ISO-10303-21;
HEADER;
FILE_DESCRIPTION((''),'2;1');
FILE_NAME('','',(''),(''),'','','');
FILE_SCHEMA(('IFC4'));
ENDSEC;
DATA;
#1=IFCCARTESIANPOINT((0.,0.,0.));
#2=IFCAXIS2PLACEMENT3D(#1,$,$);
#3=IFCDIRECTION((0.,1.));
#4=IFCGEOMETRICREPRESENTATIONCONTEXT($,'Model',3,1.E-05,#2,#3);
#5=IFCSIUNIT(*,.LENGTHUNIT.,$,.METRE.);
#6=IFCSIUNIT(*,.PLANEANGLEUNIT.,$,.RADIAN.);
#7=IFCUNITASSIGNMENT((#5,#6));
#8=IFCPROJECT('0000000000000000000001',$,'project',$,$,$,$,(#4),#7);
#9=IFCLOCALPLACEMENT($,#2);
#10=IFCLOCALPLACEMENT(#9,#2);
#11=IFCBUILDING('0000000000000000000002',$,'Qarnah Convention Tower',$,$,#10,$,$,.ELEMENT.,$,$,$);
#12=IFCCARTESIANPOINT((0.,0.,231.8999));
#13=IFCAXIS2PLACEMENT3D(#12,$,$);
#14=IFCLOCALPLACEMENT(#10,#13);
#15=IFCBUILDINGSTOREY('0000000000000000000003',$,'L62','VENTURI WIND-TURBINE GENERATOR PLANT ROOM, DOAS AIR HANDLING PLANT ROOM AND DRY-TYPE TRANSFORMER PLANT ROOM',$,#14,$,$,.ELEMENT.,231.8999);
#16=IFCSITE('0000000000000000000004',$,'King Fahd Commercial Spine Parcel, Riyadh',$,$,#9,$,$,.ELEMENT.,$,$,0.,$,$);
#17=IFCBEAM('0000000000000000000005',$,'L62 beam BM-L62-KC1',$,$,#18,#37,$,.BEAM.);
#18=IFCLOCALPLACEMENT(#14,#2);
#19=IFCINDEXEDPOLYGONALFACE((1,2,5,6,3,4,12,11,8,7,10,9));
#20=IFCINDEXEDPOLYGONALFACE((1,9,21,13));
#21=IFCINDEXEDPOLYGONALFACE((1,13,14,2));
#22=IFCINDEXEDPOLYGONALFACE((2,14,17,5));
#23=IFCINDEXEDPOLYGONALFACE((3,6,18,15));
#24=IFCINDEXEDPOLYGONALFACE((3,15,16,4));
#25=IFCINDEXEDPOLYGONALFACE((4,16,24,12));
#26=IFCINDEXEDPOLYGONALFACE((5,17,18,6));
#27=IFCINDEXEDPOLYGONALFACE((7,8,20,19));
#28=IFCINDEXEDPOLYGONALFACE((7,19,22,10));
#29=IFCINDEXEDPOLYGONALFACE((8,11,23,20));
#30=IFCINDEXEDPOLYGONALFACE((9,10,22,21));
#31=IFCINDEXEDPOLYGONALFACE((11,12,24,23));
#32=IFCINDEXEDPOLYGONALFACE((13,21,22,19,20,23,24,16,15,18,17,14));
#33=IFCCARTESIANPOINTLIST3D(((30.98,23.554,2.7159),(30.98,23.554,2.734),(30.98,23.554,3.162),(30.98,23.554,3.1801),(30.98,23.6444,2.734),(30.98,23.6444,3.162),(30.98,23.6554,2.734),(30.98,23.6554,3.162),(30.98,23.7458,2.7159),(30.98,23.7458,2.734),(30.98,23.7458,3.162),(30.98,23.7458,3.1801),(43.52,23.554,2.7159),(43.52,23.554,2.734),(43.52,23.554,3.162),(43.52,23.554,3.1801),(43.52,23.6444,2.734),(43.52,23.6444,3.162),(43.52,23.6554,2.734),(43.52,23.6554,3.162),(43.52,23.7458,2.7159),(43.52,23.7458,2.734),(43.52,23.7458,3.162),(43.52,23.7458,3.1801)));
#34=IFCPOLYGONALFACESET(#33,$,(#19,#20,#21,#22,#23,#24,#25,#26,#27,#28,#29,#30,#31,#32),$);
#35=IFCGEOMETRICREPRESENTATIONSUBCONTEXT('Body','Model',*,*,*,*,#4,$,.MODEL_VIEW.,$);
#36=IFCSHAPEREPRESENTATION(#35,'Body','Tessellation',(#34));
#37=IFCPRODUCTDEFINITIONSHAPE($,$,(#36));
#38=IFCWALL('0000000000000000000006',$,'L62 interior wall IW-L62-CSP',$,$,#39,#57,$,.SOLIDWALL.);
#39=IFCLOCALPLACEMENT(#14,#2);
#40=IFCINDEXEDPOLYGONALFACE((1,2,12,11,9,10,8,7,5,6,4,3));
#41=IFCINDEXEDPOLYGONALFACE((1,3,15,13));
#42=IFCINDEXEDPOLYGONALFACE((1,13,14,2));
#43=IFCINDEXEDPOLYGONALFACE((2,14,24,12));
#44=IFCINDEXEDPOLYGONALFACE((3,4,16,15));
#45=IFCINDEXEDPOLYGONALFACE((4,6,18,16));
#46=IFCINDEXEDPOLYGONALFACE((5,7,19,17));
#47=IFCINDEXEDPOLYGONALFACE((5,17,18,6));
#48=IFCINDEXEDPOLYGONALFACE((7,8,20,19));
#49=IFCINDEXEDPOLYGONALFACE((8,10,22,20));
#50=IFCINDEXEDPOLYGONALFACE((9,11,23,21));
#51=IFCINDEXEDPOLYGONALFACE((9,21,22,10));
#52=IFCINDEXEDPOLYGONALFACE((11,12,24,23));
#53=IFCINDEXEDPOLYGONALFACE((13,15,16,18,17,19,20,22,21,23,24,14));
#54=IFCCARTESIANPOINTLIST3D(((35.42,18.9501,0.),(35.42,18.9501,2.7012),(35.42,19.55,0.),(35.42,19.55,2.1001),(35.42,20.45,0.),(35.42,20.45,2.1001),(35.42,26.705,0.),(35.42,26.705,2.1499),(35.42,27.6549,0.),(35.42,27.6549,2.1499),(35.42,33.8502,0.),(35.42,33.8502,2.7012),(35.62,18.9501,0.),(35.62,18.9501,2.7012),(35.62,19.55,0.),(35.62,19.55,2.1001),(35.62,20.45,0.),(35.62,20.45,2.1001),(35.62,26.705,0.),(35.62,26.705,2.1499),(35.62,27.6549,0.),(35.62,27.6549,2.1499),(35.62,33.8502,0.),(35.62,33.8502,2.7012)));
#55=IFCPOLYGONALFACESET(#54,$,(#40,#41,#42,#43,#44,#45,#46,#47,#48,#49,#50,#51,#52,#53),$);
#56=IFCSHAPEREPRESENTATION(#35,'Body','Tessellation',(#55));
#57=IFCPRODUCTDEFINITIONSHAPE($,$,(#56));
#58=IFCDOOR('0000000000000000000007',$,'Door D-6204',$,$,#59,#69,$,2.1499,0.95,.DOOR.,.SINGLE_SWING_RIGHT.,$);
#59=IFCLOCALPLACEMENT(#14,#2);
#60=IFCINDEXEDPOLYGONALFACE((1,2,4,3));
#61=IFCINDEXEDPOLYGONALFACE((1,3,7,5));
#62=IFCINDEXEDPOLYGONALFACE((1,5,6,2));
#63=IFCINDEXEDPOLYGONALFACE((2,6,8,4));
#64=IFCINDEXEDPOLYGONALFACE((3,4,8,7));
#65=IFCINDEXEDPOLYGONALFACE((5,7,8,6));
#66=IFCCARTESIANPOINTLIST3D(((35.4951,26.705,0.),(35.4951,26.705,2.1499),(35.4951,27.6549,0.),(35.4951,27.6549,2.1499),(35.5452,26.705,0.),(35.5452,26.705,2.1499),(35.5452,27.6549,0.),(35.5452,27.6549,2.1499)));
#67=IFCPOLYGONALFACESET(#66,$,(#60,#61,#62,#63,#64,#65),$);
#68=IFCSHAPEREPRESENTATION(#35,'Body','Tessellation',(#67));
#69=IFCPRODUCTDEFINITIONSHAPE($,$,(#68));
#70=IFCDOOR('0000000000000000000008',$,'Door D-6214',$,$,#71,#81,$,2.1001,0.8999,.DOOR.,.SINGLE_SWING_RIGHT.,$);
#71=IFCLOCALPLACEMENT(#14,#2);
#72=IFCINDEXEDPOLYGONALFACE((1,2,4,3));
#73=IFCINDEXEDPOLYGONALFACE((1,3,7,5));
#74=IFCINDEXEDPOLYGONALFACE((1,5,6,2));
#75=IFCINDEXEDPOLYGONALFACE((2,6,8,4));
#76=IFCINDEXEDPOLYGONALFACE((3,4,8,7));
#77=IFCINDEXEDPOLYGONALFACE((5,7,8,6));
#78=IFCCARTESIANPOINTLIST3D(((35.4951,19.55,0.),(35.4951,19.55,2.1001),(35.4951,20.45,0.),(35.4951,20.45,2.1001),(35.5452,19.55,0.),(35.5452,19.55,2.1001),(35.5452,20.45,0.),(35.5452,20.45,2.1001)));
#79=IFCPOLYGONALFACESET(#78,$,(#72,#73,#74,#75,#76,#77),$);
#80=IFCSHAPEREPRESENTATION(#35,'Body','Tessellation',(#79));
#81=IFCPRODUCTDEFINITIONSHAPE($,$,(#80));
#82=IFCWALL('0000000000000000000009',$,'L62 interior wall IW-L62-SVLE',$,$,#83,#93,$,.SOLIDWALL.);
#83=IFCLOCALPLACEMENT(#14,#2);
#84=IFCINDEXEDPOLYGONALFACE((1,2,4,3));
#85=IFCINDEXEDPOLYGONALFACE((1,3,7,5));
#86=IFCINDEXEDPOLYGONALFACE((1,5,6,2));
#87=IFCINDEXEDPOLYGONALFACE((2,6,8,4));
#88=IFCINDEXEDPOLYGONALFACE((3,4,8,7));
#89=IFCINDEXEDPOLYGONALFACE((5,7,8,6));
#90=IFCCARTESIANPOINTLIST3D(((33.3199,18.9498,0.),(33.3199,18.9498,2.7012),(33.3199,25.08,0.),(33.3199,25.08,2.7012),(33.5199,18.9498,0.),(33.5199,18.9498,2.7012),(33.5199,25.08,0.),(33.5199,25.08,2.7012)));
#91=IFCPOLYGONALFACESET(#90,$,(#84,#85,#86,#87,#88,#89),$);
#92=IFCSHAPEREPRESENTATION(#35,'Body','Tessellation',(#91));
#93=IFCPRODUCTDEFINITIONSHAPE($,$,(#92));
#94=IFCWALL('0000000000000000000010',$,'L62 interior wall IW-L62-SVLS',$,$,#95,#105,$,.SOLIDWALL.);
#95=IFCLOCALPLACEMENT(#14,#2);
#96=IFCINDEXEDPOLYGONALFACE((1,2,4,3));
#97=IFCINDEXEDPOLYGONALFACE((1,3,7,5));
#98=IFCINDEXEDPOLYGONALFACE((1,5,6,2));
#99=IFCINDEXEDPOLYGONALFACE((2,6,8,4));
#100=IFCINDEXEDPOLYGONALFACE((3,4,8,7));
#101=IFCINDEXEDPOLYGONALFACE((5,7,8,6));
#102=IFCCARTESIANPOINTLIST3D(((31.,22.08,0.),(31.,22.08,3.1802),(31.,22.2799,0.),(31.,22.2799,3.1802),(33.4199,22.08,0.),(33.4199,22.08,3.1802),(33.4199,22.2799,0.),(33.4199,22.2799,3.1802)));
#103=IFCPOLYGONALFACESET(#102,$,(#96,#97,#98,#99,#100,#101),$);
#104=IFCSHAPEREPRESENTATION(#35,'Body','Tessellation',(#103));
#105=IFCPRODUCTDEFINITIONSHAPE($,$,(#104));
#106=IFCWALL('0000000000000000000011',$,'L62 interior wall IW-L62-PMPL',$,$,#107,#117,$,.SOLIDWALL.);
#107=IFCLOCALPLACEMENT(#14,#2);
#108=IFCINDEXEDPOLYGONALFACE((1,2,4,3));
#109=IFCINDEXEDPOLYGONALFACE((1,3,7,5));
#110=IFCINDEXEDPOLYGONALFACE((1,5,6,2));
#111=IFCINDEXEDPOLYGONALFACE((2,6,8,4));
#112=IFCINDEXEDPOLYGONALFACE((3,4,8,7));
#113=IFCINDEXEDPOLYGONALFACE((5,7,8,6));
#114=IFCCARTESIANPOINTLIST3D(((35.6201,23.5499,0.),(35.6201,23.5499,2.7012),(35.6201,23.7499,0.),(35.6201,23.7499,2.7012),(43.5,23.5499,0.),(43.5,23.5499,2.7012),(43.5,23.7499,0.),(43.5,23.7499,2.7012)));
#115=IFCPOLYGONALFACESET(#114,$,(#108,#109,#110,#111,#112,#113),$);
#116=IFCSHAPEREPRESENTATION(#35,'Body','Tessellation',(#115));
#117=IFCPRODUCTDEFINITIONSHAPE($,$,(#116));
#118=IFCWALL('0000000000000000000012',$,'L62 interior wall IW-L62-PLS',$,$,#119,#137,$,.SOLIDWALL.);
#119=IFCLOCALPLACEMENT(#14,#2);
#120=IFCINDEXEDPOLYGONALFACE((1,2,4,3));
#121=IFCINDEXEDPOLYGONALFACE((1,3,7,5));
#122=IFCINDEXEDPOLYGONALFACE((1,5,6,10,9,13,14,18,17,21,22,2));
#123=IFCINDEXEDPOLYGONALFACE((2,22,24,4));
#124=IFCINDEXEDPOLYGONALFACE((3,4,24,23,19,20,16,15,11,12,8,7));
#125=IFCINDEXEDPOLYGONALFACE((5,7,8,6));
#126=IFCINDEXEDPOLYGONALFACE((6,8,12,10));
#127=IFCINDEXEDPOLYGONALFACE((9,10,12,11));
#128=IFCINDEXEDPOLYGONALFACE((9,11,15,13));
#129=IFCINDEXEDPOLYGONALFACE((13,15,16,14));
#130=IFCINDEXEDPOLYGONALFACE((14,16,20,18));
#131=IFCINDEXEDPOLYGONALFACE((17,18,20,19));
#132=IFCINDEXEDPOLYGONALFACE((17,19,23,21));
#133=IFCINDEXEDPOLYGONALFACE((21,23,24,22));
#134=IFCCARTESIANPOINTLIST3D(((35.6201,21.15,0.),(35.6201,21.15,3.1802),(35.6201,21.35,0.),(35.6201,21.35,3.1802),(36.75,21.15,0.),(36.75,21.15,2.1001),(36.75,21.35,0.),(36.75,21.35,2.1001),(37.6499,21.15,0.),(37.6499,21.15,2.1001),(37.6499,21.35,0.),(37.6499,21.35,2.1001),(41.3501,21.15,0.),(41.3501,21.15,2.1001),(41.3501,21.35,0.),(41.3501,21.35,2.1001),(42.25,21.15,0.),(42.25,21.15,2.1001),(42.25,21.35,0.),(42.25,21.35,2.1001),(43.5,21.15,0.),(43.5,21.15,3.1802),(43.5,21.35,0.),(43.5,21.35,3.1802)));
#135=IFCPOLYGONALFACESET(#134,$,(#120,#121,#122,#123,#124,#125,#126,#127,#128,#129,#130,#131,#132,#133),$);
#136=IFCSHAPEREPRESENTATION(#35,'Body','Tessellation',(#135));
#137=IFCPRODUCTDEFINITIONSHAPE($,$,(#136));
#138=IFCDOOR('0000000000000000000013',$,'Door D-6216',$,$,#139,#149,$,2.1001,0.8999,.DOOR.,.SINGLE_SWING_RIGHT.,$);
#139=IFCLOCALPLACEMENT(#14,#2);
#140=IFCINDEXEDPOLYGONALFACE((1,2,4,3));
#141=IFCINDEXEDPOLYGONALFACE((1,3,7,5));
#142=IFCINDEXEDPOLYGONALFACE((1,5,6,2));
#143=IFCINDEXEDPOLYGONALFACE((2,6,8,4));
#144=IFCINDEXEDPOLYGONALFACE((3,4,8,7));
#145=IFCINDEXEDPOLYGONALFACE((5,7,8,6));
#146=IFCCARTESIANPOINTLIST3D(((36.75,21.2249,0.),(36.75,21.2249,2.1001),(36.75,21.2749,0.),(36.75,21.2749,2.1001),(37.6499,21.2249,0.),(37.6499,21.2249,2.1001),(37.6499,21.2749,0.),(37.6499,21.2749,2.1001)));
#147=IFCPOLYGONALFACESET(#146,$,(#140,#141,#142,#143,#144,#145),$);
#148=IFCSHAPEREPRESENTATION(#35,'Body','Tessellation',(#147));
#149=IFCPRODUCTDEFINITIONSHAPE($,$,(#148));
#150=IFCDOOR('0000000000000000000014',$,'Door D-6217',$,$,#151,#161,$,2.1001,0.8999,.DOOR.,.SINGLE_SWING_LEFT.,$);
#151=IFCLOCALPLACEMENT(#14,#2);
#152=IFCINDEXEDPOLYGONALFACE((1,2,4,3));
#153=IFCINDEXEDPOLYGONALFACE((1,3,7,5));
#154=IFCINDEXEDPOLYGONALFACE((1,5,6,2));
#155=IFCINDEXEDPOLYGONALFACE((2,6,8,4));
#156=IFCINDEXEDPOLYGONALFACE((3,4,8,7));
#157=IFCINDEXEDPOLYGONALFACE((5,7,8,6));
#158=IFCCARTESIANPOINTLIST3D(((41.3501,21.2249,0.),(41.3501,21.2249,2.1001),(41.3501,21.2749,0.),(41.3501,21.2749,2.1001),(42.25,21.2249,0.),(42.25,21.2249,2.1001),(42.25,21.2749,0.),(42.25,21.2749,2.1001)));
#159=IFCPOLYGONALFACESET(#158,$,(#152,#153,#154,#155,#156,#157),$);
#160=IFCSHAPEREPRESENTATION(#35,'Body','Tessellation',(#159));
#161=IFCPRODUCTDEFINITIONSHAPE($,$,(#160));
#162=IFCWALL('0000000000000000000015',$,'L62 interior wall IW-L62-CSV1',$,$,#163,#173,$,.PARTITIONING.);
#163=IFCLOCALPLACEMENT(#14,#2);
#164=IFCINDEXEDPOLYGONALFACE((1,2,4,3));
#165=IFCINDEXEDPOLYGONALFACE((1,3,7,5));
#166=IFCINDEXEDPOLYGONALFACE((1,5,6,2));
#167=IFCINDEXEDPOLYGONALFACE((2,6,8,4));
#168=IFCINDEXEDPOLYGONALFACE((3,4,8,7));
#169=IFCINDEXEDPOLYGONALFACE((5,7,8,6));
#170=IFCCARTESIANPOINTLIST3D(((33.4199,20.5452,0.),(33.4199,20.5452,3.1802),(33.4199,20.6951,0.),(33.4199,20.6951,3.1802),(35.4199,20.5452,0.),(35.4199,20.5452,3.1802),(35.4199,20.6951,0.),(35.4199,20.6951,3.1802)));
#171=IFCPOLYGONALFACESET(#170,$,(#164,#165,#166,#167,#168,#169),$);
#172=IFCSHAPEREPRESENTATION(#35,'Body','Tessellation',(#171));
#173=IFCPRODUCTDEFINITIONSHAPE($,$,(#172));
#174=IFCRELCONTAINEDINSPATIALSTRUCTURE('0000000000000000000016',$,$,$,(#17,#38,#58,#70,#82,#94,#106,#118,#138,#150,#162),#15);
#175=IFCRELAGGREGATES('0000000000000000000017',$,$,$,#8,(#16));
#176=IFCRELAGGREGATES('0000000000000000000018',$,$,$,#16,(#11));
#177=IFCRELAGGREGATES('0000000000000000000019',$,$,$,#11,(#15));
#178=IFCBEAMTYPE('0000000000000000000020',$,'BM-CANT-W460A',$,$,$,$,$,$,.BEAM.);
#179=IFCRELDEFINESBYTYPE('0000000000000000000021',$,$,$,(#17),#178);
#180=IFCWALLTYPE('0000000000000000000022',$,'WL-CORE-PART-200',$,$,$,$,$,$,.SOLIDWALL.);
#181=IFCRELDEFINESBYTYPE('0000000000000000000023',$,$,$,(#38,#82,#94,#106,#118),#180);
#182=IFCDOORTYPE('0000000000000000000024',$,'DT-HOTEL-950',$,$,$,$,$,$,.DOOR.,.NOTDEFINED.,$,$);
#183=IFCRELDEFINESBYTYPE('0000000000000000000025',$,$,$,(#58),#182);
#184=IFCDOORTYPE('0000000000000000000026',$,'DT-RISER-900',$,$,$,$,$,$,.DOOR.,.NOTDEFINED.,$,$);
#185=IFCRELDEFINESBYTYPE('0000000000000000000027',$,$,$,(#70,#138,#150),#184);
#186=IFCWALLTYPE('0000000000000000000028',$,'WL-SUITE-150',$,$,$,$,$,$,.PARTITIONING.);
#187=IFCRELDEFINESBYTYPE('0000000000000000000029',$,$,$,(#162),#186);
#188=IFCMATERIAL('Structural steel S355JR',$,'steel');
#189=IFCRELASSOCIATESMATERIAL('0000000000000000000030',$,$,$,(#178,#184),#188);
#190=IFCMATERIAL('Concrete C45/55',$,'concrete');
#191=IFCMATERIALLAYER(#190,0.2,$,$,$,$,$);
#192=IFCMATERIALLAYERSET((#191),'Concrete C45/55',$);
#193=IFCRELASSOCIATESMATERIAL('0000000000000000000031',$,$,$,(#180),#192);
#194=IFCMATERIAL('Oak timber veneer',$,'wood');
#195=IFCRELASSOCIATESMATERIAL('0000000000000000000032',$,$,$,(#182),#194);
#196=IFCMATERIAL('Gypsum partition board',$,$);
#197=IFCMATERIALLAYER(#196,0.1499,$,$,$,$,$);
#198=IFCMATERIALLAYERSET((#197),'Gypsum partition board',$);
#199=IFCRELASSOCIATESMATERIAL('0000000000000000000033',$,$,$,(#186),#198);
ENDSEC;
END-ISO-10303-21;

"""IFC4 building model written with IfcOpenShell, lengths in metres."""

from ifc_helpers import new_model, si_unit, direction, frame, frame_2d, origin, origin_2d, place, context, subcontext, project, spatial, rectangle, i_section, extrude, material, layer, layer_set, material_profile, profile_set, type_object, element, fill, save


model = new_model("IFC4")

# Units and contexts
model_context = context("Model", 3, precision=1e-05, world=origin(), true_north=direction((0.0, 1.0)))
body_context = subcontext(model_context, "Body", "Model", "MODEL_VIEW")
ifc_project = project(units=[si_unit("LENGTHUNIT", "METRE"), si_unit("PLANEANGLEUNIT", "RADIAN")], contexts=[model_context])

# Site, building, storey
site_placement = place(None, origin())
site = spatial("IfcSite", under=ifc_project, at=site_placement, Name="King Fahd Commercial Spine Parcel, Riyadh", CompositionType="ELEMENT", RefElevation=0.0)
building_placement = place(site_placement, origin())
building = spatial("IfcBuilding", under=site, at=building_placement, Name="Qarnah Convention Tower", CompositionType="ELEMENT")
storey_placement = place(building_placement, frame((0.0, 0.0, 231.8999)))
storey = spatial("IfcBuildingStorey", under=building, at=storey_placement, Name="L62", Description="VENTURI WIND-TURBINE GENERATOR PLANT ROOM, DOAS AIR HANDLING PLANT ROOM AND DRY-TYPE TRANSFORMER PLANT ROOM", CompositionType="ELEMENT", Elevation=231.8999)

# Beam
ifc_material_1 = material(Name="Structural steel S355JR", Category="steel")
ifc_material_profile = material_profile(ifc_material_1, i_section(OverallWidth=0.1919, OverallDepth=0.4641, WebThickness=0.011, FlangeThickness=0.0181, at=origin_2d()), Name="W460X89")
ifc_profile_set = profile_set([ifc_material_profile], Name="Structural steel S355JR")
beam_type = type_object("IfcBeamType", Name="BM-CANT-W460A", PredefinedType="BEAM", material=ifc_profile_set)
beam_placement = place(storey_placement, frame((30.98, 23.6499, 2.948), z_axis=(1.0, 0.0, 0.0), x_axis=(0.0, 1.0, 0.0)))
element("IfcBeam", 1, at=beam_placement, inside=storey, type_object=beam_type, Name="L62 beam BM-L62-KC1", PredefinedType="BEAM", context=body_context, shape_type="SweptSolid", body=[
    extrude(i_section(OverallWidth=0.1919, OverallDepth=0.4641, WebThickness=0.011, FlangeThickness=0.0181, at=origin_2d()), origin(), (0.0, 0.0, 1.0), 12.54),
])

# Wall, openings, doors
ifc_material_2 = material(Name="Concrete C45/55", Category="concrete")
ifc_layer_1 = layer(ifc_material_2, 0.2)
ifc_layer_set_1 = layer_set([ifc_layer_1], Name="Concrete C45/55")
wall_type_1 = type_object("IfcWallType", Name="WL-CORE-PART-200", PredefinedType="SOLIDWALL", material=ifc_layer_set_1)
wall_1_placement = place(storey_placement, frame((35.52, 18.95, 0.0), z_axis=(0.0, 0.0, 1.0), x_axis=(0.0, 1.0, 0.0)))
wall_1 = element("IfcWall", 2, at=wall_1_placement, inside=storey, type_object=wall_type_1, Name="L62 interior wall IW-L62-CSP", PredefinedType="SOLIDWALL", context=body_context, shape_type="SweptSolid", body=[
    extrude(rectangle(XDim=14.9001, YDim=0.2, at=frame_2d((7.4502, 0.0))), origin(), (0.0, 0.0, 1.0), 2.7012),
])
opening_1_placement = place(wall_1_placement, frame((7.7549, 0.0, 0.0)))
opening_1 = element("IfcOpeningElement", 3, at=opening_1_placement, cuts=wall_1, PredefinedType="OPENING", context=body_context, shape_type="SweptSolid", body=[
    extrude(rectangle(XDim=0.95, YDim=2.1499, at=frame_2d((0.4751, 1.075))), frame((0.0, 0.1099, 0.0), z_axis=(0.0, -1.0, 0.0), x_axis=(1.0, 0.0, 0.0)), (0.0, 0.0, 1.0), 0.22),
])
opening_2_placement = place(wall_1_placement, frame((0.6001, 0.0, 0.0)))
opening_2 = element("IfcOpeningElement", 4, at=opening_2_placement, cuts=wall_1, PredefinedType="OPENING", context=body_context, shape_type="SweptSolid", body=[
    extrude(rectangle(XDim=0.8999, YDim=2.1001, at=frame_2d((0.45, 1.05))), frame((0.0, 0.1099, 0.0), z_axis=(0.0, -1.0, 0.0), x_axis=(1.0, 0.0, 0.0)), (0.0, 0.0, 1.0), 0.22),
])
ifc_material_3 = material(Name="Oak timber veneer", Category="wood")
door_type_1 = type_object("IfcDoorType", Name="DT-HOTEL-950", OperationType="NOTDEFINED", PredefinedType="DOOR", material=ifc_material_3)
door_1_placement = place(opening_1_placement, origin())
door_1 = element("IfcDoor", 5, at=door_1_placement, inside=storey, type_object=door_type_1, Name="Door D-6204", OperationType="SINGLE_SWING_RIGHT", OverallHeight=2.1499, OverallWidth=0.95, PredefinedType="DOOR", context=body_context, shape_type="SweptSolid", body=[
    extrude(rectangle(XDim=0.95, YDim=2.1499, at=frame_2d((0.4751, 1.075))), frame((0.0, 0.0249, 0.0), z_axis=(0.0, -1.0, 0.0), x_axis=(1.0, 0.0, 0.0)), (0.0, 0.0, 1.0), 0.05),
])
fill(opening_1, door_1)
door_type_2 = type_object("IfcDoorType", Name="DT-RISER-900", OperationType="NOTDEFINED", PredefinedType="DOOR", material=ifc_material_1)
door_2_placement = place(opening_2_placement, origin())
door_2 = element("IfcDoor", 6, at=door_2_placement, inside=storey, type_object=door_type_2, Name="Door D-6214", OperationType="SINGLE_SWING_RIGHT", OverallHeight=2.1001, OverallWidth=0.8999, PredefinedType="DOOR", context=body_context, shape_type="SweptSolid", body=[
    extrude(rectangle(XDim=0.8999, YDim=2.1001, at=frame_2d((0.45, 1.05))), frame((0.0, 0.0249, 0.0), z_axis=(0.0, -1.0, 0.0), x_axis=(1.0, 0.0, 0.0)), (0.0, 0.0, 1.0), 0.05),
])
fill(opening_2, door_2)

# Walls
wall_2_placement = place(storey_placement, frame((33.4199, 18.95, 0.0), z_axis=(0.0, 0.0, 1.0), x_axis=(0.0, 1.0, 0.0)))
element("IfcWall", 7, at=wall_2_placement, inside=storey, type_object=wall_type_1, Name="L62 interior wall IW-L62-SVLE", PredefinedType="SOLIDWALL", context=body_context, shape_type="SweptSolid", body=[
    extrude(rectangle(XDim=6.1301, YDim=0.2, at=frame_2d((3.0649, 0.0))), origin(), (0.0, 0.0, 1.0), 2.7012),
])
wall_3_placement = place(storey_placement, frame((31.0, 22.1799, 0.0), z_axis=(0.0, 0.0, 1.0), x_axis=(1.0, 0.0, 0.0)))
element("IfcWall", 8, at=wall_3_placement, inside=storey, type_object=wall_type_1, Name="L62 interior wall IW-L62-SVLS", PredefinedType="SOLIDWALL", context=body_context, shape_type="SweptSolid", body=[
    extrude(rectangle(XDim=2.4199, YDim=0.2, at=frame_2d((1.21, 0.0))), origin(), (0.0, 0.0, 1.0), 3.1802),
])
wall_4_placement = place(storey_placement, frame((35.6201, 23.6499, 0.0), z_axis=(0.0, 0.0, 1.0), x_axis=(1.0, 0.0, 0.0)))
element("IfcWall", 9, at=wall_4_placement, inside=storey, type_object=wall_type_1, Name="L62 interior wall IW-L62-PMPL", PredefinedType="SOLIDWALL", context=body_context, shape_type="SweptSolid", body=[
    extrude(rectangle(XDim=7.8799, YDim=0.2, at=frame_2d((3.9399, 0.0))), origin(), (0.0, 0.0, 1.0), 2.7012),
])

# Wall, openings, doors
wall_5_placement = place(storey_placement, frame((35.6201, 21.25, 0.0), z_axis=(0.0, 0.0, 1.0), x_axis=(1.0, 0.0, 0.0)))
wall_5 = element("IfcWall", 10, at=wall_5_placement, inside=storey, type_object=wall_type_1, Name="L62 interior wall IW-L62-PLS", PredefinedType="SOLIDWALL", context=body_context, shape_type="SweptSolid", body=[
    extrude(rectangle(XDim=7.8799, YDim=0.2, at=frame_2d((3.9399, 0.0))), origin(), (0.0, 0.0, 1.0), 3.1802),
])
opening_3_placement = place(wall_5_placement, frame((1.1299, 0.0, 0.0)))
opening_3 = element("IfcOpeningElement", 11, at=opening_3_placement, cuts=wall_5, PredefinedType="OPENING", context=body_context, shape_type="SweptSolid", body=[
    extrude(rectangle(XDim=0.8999, YDim=2.1001, at=frame_2d((0.45, 1.05))), frame((0.0, 0.1099, 0.0), z_axis=(0.0, -1.0, 0.0), x_axis=(1.0, 0.0, 0.0)), (0.0, 0.0, 1.0), 0.22),
])
opening_4_placement = place(wall_5_placement, frame((5.73, 0.0, 0.0)))
opening_4 = element("IfcOpeningElement", 12, at=opening_4_placement, cuts=wall_5, PredefinedType="OPENING", context=body_context, shape_type="SweptSolid", body=[
    extrude(rectangle(XDim=0.8999, YDim=2.1001, at=frame_2d((0.45, 1.05))), frame((0.0, 0.1099, 0.0), z_axis=(0.0, -1.0, 0.0), x_axis=(1.0, 0.0, 0.0)), (0.0, 0.0, 1.0), 0.22),
])
door_3_placement = place(opening_3_placement, origin())
door_3 = element("IfcDoor", 13, at=door_3_placement, inside=storey, type_object=door_type_2, Name="Door D-6216", OperationType="SINGLE_SWING_RIGHT", OverallHeight=2.1001, OverallWidth=0.8999, PredefinedType="DOOR", context=body_context, shape_type="SweptSolid", body=[
    extrude(rectangle(XDim=0.8999, YDim=2.1001, at=frame_2d((0.45, 1.05))), frame((0.0, 0.0249, 0.0), z_axis=(0.0, -1.0, 0.0), x_axis=(1.0, 0.0, 0.0)), (0.0, 0.0, 1.0), 0.05),
])
fill(opening_3, door_3)
door_4_placement = place(opening_4_placement, origin())
door_4 = element("IfcDoor", 14, at=door_4_placement, inside=storey, type_object=door_type_2, Name="Door D-6217", OperationType="SINGLE_SWING_LEFT", OverallHeight=2.1001, OverallWidth=0.8999, PredefinedType="DOOR", context=body_context, shape_type="SweptSolid", body=[
    extrude(rectangle(XDim=0.8999, YDim=2.1001, at=frame_2d((0.45, 1.05))), frame((0.0, 0.0249, 0.0), z_axis=(0.0, -1.0, 0.0), x_axis=(1.0, 0.0, 0.0)), (0.0, 0.0, 1.0), 0.05),
])
fill(opening_4, door_4)

# Wall
ifc_material_4 = material(Name="Gypsum partition board")
ifc_layer_2 = layer(ifc_material_4, 0.1499)
ifc_layer_set_2 = layer_set([ifc_layer_2], Name="Gypsum partition board")
wall_type_2 = type_object("IfcWallType", Name="WL-SUITE-150", PredefinedType="PARTITIONING", material=ifc_layer_set_2)
wall_6_placement = place(storey_placement, frame((33.4199, 20.6201, 0.0), z_axis=(0.0, 0.0, 1.0), x_axis=(1.0, 0.0, 0.0)))
element("IfcWall", 15, at=wall_6_placement, inside=storey, type_object=wall_type_2, Name="L62 interior wall IW-L62-CSV1", PredefinedType="PARTITIONING", context=body_context, shape_type="SweptSolid", body=[
    extrude(rectangle(XDim=2.0, YDim=0.1499, at=frame_2d((1.0, 0.0))), origin(), (0.0, 0.0, 1.0), 3.1802),
])

save(model, "model.ifc")
